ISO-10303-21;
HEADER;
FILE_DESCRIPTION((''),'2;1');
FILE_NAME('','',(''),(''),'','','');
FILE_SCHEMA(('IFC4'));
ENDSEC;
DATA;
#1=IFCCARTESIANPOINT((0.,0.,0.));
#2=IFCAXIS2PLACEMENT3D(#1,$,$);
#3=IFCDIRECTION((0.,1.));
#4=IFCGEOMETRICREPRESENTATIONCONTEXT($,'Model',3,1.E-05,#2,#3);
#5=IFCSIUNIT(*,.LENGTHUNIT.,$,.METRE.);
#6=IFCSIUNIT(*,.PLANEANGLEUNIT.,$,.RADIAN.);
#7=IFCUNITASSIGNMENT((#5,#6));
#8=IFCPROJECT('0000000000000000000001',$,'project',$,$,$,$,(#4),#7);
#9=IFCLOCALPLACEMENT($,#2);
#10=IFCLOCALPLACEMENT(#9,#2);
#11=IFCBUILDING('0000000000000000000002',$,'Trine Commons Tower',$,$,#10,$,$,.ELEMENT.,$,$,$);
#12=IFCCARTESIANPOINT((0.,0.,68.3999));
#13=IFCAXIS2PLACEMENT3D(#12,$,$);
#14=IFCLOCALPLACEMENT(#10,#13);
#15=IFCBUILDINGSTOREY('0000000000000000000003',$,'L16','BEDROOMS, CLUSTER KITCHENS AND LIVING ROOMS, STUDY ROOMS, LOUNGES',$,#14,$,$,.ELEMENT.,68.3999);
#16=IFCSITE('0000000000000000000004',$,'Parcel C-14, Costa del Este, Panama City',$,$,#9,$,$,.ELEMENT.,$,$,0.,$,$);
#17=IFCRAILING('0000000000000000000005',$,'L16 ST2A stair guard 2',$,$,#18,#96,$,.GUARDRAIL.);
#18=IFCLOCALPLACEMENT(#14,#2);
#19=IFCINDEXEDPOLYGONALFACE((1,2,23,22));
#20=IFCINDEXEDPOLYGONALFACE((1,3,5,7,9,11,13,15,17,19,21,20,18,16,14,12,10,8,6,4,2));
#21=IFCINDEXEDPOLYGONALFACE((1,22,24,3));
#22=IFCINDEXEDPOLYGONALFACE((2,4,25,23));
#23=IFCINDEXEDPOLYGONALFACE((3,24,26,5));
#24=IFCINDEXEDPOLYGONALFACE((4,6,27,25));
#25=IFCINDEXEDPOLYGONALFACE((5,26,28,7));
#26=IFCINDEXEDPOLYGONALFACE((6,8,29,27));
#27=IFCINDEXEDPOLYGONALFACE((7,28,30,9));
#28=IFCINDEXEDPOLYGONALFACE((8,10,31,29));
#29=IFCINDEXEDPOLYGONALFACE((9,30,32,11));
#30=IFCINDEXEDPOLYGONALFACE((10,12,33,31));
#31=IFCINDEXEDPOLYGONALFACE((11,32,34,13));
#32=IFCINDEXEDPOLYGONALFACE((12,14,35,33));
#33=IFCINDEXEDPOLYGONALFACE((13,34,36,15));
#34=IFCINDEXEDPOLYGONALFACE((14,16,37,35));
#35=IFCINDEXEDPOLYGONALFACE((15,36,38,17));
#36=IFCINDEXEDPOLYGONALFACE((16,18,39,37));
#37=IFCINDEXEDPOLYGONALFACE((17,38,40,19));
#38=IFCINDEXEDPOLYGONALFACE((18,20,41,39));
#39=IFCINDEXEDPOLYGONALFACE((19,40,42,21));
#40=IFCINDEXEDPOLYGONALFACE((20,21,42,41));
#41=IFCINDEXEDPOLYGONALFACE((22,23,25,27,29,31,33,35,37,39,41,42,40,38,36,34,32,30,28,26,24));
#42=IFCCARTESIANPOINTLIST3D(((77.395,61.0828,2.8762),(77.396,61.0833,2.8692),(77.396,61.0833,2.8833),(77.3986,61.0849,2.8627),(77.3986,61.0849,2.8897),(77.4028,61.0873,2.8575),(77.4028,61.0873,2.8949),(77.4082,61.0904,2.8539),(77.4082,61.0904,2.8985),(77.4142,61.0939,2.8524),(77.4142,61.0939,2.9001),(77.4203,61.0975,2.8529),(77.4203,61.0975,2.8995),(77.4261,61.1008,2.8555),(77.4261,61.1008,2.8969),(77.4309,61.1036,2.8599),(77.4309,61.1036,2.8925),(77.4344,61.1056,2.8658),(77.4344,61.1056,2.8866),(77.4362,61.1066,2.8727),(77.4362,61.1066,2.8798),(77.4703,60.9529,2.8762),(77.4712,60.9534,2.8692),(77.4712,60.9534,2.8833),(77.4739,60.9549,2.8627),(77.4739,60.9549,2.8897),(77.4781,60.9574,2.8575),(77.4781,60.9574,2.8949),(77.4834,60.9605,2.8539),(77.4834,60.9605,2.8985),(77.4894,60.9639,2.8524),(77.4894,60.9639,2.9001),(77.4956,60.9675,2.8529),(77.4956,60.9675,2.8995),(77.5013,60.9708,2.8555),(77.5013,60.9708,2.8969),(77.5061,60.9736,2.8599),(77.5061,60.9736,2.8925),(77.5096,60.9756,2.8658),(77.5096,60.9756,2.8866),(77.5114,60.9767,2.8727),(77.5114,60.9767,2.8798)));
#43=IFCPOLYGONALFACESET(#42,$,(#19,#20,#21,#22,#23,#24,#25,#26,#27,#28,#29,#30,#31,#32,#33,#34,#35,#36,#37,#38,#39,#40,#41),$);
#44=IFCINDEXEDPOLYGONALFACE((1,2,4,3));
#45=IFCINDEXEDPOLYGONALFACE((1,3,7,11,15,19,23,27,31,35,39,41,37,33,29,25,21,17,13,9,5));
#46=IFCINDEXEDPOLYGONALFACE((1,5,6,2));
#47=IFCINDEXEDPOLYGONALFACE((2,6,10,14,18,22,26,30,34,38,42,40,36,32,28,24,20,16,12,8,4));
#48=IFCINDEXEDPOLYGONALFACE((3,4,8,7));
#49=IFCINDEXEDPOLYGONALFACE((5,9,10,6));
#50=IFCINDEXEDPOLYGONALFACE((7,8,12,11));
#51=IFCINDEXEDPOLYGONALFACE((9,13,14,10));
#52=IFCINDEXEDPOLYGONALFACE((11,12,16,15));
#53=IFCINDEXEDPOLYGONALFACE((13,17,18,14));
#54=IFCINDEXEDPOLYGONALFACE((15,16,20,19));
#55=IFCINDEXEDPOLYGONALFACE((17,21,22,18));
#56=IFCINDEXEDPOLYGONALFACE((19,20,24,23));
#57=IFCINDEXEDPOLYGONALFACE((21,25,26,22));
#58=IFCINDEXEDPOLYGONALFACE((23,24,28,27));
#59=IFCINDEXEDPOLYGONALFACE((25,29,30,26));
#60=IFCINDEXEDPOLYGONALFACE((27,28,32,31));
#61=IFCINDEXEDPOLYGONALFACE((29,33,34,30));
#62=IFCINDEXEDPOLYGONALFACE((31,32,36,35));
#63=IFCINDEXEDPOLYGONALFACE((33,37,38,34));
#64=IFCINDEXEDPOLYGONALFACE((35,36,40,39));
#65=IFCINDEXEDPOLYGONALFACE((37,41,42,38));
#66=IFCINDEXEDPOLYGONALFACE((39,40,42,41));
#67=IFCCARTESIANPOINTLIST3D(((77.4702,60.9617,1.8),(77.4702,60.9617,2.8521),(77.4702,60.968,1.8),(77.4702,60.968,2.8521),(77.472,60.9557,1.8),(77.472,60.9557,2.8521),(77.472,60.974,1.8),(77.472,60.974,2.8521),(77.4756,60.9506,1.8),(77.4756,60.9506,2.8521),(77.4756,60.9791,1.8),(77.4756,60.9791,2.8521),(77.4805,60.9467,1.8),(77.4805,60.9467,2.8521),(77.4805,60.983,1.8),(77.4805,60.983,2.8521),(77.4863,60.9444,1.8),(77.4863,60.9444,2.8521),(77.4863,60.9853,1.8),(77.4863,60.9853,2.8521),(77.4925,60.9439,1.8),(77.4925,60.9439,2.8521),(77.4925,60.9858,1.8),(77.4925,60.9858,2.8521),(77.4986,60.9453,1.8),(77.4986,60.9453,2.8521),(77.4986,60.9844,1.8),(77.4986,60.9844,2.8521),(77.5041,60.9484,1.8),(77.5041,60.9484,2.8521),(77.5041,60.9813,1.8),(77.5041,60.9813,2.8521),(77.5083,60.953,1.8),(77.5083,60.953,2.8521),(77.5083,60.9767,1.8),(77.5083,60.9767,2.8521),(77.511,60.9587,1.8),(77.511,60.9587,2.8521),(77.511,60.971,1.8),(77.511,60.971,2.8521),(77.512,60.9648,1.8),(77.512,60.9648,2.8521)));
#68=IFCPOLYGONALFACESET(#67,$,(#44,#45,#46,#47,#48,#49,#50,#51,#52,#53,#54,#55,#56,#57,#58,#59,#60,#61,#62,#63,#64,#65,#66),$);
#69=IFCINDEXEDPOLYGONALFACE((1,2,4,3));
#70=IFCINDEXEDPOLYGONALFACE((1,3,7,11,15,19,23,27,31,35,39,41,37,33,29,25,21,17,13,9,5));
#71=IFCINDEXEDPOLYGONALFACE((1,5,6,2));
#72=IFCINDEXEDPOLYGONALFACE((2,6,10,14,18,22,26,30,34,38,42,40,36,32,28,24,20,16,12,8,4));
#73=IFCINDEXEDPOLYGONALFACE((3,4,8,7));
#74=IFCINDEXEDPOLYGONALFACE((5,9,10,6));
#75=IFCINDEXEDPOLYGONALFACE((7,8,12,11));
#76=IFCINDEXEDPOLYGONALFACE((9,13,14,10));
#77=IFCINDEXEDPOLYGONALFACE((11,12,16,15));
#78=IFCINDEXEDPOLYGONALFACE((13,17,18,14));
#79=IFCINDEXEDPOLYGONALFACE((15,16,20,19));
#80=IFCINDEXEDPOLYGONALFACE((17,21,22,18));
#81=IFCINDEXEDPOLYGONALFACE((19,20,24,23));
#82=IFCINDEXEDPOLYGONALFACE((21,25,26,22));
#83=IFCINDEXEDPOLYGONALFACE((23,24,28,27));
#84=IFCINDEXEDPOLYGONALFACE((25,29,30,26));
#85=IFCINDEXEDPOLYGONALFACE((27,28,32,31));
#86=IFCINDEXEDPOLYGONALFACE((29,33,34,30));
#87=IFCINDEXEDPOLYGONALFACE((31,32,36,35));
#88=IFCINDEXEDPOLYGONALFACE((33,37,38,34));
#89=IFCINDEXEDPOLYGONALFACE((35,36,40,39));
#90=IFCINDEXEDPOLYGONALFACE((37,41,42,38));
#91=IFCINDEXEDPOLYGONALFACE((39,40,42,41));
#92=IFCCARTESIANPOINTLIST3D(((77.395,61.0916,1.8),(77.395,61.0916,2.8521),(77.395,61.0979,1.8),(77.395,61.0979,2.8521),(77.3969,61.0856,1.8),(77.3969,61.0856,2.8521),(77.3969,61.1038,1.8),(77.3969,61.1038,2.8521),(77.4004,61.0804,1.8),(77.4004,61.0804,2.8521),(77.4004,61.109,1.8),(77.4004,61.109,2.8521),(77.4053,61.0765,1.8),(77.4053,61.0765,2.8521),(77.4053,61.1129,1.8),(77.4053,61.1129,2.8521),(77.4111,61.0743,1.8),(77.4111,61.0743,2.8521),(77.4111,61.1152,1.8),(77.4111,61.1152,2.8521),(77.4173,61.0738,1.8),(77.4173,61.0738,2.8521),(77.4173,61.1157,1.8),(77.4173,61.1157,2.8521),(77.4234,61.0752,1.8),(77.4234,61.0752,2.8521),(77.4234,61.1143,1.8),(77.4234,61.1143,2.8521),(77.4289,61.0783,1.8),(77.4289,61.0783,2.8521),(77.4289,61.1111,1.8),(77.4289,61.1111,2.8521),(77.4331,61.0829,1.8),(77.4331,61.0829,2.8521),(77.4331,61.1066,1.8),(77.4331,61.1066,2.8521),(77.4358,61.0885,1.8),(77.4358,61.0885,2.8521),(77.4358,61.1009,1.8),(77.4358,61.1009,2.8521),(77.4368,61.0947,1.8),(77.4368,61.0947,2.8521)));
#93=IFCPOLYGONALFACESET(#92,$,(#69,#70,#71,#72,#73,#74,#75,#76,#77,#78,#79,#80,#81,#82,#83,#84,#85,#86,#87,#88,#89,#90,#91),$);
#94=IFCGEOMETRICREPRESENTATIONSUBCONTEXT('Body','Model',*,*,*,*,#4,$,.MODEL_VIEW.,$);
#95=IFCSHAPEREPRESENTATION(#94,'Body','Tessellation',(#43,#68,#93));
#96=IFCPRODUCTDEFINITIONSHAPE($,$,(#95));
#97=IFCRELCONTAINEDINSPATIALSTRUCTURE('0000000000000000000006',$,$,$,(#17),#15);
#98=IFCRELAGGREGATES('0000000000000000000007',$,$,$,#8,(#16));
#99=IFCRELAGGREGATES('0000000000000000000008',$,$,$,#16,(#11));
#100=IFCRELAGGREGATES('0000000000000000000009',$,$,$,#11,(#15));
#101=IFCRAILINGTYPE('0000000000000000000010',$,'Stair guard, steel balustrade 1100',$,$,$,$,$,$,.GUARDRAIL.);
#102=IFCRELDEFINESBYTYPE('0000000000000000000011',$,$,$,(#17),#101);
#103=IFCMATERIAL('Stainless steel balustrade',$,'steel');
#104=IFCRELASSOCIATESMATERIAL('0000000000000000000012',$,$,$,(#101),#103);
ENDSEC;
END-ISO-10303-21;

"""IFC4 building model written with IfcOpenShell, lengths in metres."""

from ifc_helpers import new_model, si_unit, direction, frame, origin, origin_2d, place, context, subcontext, project, spatial, circle, extrude, material, type_object, element, save


model = new_model("IFC4")

# Units and contexts
model_context = context("Model", 3, precision=1e-05, world=origin(), true_north=direction((0.0, 1.0)))
body_context = subcontext(model_context, "Body", "Model", "MODEL_VIEW")
ifc_project = project(units=[si_unit("LENGTHUNIT", "METRE"), si_unit("PLANEANGLEUNIT", "RADIAN")], contexts=[model_context])

# Site, building, storey
site_placement = place(None, origin())
site = spatial("IfcSite", under=ifc_project, at=site_placement, Name="Parcel C-14, Costa del Este, Panama City", CompositionType="ELEMENT", RefElevation=0.0)
building_placement = place(site_placement, origin())
building = spatial("IfcBuilding", under=site, at=building_placement, Name="Trine Commons Tower", CompositionType="ELEMENT")
storey_placement = place(building_placement, frame((0.0, 0.0, 68.3999)))
storey = spatial("IfcBuildingStorey", under=building, at=storey_placement, Name="L16", Description="BEDROOMS, CLUSTER KITCHENS AND LIVING ROOMS, STUDY ROOMS, LOUNGES", CompositionType="ELEMENT", Elevation=68.3999)

# Railing
ifc_material_1 = material(Name="Stainless steel balustrade", Category="steel")
railing_type_1 = type_object("IfcRailingType", Name="Stair guard, steel balustrade 1100", PredefinedType="GUARDRAIL", material=ifc_material_1)
railing_1_placement = place(storey_placement, frame((77.491, 60.9648, 1.8)))
element("IfcRailing", 1, at=railing_1_placement, inside=storey, type_object=railing_type_1, Name="L16 ST2A stair guard 2", PredefinedType="GUARDRAIL", context=body_context, shape_type="SweptSolid", body=[
    extrude(circle(Radius=0.0239, at=origin_2d()), frame((0.0, 0.0, 1.0762), z_axis=(-0.501036, 0.865426, 0.0), x_axis=(-0.865426, -0.501036, 0.0)), (0.0, 0.0, 1.0), 0.1501),
    extrude(circle(Radius=0.021, at=origin_2d()), origin(), (0.0, 0.0, 1.0), 1.052),
    extrude(circle(Radius=0.021, at=origin_2d()), frame((-0.0752, 0.1299, 0.0)), (0.0, 0.0, 1.0), 1.052),
])

save(model, "model.ifc")
